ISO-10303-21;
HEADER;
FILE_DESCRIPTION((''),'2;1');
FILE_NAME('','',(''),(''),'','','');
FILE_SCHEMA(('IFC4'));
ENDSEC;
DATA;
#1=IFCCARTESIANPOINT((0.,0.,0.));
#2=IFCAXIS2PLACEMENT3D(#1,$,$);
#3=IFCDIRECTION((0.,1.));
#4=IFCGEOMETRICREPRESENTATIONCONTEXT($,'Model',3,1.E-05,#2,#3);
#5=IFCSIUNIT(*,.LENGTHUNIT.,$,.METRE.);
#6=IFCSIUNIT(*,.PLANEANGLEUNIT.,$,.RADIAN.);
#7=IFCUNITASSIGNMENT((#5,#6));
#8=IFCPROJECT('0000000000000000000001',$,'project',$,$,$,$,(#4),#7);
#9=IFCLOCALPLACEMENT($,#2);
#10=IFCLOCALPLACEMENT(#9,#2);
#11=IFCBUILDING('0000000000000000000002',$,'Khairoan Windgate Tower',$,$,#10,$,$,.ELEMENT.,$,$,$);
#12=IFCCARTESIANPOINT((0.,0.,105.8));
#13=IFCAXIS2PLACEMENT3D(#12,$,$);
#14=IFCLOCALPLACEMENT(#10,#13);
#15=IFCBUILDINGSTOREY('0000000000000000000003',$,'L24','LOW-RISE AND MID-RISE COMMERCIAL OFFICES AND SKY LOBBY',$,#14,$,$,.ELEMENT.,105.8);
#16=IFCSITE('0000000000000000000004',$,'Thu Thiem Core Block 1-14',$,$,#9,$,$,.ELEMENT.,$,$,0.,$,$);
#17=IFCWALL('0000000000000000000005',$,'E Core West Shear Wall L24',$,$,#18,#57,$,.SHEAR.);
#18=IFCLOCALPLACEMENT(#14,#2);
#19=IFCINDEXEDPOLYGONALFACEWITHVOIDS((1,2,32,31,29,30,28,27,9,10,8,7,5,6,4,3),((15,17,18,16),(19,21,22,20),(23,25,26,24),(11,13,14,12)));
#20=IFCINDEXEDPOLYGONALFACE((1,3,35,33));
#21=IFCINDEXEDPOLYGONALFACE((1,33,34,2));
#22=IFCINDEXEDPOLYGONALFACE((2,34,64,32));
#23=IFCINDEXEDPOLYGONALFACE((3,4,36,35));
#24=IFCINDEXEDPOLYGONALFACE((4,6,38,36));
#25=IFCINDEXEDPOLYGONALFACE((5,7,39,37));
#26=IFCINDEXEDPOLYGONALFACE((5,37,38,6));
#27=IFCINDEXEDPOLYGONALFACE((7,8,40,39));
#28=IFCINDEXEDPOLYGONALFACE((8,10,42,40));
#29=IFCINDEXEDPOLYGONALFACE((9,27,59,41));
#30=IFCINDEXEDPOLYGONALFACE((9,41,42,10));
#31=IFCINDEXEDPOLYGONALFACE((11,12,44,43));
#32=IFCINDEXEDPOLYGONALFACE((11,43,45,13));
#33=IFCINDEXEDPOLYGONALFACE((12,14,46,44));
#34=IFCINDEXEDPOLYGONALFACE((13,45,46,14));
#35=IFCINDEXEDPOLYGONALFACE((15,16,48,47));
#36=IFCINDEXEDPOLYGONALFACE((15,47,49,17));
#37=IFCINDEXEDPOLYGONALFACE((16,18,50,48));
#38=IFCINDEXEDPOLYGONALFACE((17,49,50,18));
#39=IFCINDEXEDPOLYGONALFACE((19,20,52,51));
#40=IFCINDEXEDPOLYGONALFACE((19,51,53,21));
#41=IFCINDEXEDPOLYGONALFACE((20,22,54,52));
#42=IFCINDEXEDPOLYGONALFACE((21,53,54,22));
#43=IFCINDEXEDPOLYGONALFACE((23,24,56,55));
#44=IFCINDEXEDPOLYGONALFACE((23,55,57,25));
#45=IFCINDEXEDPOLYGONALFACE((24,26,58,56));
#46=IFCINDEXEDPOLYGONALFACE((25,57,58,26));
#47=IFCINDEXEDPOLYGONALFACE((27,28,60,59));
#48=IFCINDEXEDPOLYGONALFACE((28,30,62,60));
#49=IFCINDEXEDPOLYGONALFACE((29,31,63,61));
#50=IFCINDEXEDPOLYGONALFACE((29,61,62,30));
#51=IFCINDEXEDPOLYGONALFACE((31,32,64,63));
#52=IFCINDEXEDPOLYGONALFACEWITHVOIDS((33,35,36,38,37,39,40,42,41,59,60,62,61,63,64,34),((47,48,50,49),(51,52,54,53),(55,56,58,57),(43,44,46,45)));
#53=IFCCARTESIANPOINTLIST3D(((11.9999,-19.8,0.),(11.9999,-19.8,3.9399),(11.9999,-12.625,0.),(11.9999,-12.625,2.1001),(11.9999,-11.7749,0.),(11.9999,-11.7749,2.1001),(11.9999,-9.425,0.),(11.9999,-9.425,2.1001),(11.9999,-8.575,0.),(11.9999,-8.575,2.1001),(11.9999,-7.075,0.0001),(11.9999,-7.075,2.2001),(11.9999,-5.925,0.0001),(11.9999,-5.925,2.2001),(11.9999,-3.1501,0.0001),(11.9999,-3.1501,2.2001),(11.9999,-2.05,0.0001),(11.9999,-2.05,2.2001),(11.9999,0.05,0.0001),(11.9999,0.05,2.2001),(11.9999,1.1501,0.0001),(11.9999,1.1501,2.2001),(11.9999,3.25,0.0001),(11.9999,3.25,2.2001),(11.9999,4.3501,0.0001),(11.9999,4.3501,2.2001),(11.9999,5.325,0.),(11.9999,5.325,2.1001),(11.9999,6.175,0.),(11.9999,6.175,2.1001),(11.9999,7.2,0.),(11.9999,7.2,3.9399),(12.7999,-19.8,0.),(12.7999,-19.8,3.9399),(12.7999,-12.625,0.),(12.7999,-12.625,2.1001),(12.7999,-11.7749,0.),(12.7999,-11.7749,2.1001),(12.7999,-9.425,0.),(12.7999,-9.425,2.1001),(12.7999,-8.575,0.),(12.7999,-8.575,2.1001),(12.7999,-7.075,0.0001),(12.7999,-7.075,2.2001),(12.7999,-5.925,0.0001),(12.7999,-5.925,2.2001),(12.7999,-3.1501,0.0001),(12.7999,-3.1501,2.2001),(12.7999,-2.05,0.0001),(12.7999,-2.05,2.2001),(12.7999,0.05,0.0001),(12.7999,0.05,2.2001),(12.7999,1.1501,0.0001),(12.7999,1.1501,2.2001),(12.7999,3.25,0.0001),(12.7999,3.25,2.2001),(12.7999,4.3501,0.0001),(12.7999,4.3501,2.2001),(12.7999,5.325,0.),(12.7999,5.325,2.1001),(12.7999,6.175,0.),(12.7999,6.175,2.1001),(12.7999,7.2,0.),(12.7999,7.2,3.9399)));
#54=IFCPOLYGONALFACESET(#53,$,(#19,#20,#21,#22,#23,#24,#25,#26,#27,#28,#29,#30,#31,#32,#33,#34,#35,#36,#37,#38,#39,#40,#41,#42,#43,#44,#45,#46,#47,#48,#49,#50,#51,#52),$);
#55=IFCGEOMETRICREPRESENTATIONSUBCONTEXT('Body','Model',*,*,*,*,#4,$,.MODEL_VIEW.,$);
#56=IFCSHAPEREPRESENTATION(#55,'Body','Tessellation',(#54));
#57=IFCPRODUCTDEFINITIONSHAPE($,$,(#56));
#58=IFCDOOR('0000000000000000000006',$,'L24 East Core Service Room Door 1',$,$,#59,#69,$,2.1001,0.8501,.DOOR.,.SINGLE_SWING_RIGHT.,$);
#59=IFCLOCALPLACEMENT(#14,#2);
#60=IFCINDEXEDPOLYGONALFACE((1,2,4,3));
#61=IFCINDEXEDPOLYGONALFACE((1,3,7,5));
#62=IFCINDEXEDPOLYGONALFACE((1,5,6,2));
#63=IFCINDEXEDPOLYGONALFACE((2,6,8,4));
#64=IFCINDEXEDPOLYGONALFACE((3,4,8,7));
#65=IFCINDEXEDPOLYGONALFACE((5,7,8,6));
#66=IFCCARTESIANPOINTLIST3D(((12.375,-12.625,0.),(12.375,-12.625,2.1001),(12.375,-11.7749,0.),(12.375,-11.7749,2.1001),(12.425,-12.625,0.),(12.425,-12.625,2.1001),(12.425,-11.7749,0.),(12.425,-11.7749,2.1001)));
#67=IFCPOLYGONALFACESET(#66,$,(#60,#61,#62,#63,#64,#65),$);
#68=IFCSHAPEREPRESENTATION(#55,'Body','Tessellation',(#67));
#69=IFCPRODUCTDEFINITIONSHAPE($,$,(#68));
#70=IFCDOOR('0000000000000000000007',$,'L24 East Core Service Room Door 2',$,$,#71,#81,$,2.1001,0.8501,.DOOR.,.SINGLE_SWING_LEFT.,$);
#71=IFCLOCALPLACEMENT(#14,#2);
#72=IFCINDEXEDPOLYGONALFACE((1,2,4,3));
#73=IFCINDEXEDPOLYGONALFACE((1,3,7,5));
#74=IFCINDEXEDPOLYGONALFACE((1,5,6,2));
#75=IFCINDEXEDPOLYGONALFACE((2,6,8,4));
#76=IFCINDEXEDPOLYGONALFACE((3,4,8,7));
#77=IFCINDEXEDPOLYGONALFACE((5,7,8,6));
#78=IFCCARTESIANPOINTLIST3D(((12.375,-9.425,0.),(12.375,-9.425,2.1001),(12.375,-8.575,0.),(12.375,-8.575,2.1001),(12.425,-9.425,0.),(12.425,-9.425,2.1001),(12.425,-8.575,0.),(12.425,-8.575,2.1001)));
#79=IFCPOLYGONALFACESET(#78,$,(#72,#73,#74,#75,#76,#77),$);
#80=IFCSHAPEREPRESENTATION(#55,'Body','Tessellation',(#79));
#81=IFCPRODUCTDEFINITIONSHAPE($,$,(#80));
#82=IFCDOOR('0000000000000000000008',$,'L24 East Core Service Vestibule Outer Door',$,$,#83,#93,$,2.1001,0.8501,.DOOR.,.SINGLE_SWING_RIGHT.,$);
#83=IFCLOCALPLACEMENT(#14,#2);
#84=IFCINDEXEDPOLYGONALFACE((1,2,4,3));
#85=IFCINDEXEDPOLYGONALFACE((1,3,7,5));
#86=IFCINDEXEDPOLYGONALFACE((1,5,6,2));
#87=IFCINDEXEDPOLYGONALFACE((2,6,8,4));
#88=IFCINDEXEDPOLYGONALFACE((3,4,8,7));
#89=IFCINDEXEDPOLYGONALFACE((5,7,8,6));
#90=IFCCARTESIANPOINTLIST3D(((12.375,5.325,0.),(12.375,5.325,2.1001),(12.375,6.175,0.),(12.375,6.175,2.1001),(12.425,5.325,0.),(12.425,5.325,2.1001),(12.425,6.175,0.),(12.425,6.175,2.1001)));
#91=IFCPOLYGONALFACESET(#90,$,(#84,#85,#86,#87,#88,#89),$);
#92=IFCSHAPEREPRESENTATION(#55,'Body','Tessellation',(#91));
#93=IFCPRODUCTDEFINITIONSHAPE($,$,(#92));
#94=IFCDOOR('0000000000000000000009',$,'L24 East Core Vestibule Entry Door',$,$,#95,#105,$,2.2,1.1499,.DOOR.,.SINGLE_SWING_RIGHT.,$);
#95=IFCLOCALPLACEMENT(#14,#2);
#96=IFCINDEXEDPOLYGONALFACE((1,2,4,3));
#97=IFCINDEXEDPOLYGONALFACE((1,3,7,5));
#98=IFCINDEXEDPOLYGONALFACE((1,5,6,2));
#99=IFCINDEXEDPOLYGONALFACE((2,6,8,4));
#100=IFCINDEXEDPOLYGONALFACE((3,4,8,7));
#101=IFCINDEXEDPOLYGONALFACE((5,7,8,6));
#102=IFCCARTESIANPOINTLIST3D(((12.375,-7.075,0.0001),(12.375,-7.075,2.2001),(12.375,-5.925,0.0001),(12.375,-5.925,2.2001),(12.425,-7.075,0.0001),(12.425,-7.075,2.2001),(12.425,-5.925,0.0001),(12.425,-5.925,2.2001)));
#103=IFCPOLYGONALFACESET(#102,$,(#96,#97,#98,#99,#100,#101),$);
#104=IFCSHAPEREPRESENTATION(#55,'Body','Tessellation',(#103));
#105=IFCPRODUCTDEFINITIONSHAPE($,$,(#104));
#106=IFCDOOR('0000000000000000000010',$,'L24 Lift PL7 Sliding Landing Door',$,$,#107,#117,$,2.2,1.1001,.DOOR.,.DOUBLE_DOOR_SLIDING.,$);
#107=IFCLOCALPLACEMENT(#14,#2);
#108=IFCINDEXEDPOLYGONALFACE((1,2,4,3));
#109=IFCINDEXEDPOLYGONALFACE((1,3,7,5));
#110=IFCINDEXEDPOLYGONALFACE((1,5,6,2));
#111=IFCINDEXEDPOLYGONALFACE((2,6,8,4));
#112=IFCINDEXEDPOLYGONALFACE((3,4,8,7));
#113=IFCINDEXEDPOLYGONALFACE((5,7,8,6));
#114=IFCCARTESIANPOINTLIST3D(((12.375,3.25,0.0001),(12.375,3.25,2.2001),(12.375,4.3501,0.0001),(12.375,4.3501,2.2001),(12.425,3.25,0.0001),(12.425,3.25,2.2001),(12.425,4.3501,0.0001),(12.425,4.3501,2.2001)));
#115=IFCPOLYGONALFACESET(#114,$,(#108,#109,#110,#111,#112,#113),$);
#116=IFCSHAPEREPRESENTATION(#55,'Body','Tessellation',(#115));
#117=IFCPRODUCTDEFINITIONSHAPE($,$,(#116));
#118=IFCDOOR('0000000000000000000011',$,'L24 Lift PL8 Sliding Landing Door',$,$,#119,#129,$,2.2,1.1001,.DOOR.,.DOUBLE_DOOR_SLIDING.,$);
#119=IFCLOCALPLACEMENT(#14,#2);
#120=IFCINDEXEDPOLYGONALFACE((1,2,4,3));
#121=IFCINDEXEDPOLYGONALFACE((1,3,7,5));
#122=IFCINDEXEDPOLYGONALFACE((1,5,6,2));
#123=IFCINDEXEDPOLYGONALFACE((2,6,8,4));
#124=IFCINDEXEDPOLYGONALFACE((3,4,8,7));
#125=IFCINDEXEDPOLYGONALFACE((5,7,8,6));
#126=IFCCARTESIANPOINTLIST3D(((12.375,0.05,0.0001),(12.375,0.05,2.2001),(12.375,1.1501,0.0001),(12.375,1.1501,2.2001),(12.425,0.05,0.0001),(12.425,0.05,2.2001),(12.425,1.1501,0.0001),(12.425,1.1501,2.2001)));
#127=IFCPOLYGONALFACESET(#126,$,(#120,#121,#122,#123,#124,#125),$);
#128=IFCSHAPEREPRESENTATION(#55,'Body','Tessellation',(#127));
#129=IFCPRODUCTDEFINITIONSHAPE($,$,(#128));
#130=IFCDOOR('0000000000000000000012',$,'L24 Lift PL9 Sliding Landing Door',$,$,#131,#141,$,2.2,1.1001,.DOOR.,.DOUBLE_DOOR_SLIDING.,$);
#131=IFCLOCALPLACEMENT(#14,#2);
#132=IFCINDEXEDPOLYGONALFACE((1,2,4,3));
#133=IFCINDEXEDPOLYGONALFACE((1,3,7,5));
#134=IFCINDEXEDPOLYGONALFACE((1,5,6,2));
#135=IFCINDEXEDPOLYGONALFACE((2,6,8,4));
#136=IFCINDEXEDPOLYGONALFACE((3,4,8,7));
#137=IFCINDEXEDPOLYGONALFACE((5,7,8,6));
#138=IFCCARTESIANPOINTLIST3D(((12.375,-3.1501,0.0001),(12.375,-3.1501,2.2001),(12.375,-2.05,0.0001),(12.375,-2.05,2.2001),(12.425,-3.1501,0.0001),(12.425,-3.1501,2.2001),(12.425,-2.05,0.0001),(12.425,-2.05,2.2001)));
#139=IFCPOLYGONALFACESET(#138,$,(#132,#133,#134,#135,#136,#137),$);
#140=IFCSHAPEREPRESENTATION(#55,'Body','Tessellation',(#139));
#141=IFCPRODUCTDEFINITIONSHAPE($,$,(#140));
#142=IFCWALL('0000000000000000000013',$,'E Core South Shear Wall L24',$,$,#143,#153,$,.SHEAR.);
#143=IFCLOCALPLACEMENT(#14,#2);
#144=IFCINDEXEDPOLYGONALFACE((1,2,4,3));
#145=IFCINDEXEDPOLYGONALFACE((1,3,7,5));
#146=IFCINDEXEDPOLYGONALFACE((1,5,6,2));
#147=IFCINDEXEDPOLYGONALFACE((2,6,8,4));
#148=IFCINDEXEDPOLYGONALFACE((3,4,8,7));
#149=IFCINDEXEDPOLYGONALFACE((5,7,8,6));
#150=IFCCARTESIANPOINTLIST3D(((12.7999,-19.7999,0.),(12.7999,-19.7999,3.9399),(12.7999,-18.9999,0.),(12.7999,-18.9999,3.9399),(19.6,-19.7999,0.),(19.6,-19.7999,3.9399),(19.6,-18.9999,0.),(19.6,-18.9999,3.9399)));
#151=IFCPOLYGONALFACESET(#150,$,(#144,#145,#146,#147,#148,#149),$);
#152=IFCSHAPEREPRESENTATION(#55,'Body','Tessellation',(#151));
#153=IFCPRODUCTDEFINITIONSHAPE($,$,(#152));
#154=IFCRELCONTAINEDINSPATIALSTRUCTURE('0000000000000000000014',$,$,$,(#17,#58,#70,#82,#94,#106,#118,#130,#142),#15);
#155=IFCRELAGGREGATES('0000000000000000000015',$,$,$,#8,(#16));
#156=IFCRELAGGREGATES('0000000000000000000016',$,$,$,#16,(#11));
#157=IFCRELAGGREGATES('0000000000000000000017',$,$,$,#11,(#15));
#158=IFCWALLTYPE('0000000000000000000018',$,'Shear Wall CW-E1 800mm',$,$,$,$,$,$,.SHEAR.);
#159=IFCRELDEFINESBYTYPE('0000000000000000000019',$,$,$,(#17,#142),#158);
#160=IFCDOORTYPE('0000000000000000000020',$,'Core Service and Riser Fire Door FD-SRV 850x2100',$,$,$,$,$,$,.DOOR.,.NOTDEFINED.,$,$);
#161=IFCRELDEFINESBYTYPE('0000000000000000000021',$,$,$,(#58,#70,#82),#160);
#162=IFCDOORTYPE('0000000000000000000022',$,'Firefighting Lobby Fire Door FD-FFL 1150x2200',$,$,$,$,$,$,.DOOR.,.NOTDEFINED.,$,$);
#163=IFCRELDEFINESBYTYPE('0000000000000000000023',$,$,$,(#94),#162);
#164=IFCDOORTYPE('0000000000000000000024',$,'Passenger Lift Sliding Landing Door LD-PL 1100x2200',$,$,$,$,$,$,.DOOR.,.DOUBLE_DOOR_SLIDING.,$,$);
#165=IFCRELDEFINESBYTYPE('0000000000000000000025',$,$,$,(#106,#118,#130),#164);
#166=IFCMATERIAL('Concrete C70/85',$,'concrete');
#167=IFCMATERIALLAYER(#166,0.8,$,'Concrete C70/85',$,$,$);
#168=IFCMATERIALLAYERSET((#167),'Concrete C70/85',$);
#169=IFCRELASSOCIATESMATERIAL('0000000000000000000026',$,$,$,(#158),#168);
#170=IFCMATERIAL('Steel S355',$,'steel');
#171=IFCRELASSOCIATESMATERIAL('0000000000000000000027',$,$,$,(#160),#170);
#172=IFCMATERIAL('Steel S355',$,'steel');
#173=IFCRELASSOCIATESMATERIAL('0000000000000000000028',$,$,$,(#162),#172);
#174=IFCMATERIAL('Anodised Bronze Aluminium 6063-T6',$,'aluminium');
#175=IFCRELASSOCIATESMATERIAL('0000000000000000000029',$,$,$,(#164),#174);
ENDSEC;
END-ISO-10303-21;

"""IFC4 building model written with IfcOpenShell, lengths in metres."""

from ifc_helpers import new_model, si_unit, direction, frame, frame_2d, origin, place, context, subcontext, project, spatial, rectangle, extrude, material, layer, layer_set, type_object, element, fill, save


model = new_model("IFC4")

# Units and contexts
model_context = context("Model", 3, precision=1e-05, world=origin(), true_north=direction((0.0, 1.0)))
body_context = subcontext(model_context, "Body", "Model", "MODEL_VIEW")
ifc_project = project(units=[si_unit("LENGTHUNIT", "METRE"), si_unit("PLANEANGLEUNIT", "RADIAN")], contexts=[model_context])

# Site, building, storey
site_placement = place(None, origin())
site = spatial("IfcSite", under=ifc_project, at=site_placement, Name="Thu Thiem Core Block 1-14", CompositionType="ELEMENT", RefElevation=0.0)
building_placement = place(site_placement, origin())
building = spatial("IfcBuilding", under=site, at=building_placement, Name="Khairoan Windgate Tower", CompositionType="ELEMENT")
storey_placement = place(building_placement, frame((0.0, 0.0, 105.8)))
storey = spatial("IfcBuildingStorey", under=building, at=storey_placement, Name="L24", Description="LOW-RISE AND MID-RISE COMMERCIAL OFFICES AND SKY LOBBY", CompositionType="ELEMENT", Elevation=105.8)

# Wall, openings, doors
ifc_material_1 = material(Name="Concrete C70/85", Category="concrete")
ifc_layer_1 = layer(ifc_material_1, 0.8, Name="Concrete C70/85")
ifc_layer_set_1 = layer_set([ifc_layer_1], Name="Concrete C70/85")
wall_type_1 = type_object("IfcWallType", Name="Shear Wall CW-E1 800mm", PredefinedType="SHEAR", material=ifc_layer_set_1)
wall_1_placement = place(storey_placement, frame((12.3999, -19.8, 0.0), z_axis=(0.0, 0.0, 1.0), x_axis=(0.0, 1.0, 0.0)))
wall_1 = element("IfcWall", 1, at=wall_1_placement, inside=storey, type_object=wall_type_1, Name="E Core West Shear Wall L24", PredefinedType="SHEAR", context=body_context, shape_type="SweptSolid", body=[
    extrude(rectangle(XDim=27.0, YDim=0.8, at=frame_2d((13.5, 0.0))), origin(), (0.0, 0.0, 1.0), 3.9399),
])
opening_1_placement = place(wall_1_placement, frame((23.05, 0.0, 0.0)))
opening_1 = element("IfcOpeningElement", 2, at=opening_1_placement, cuts=wall_1, PredefinedType="OPENING", context=body_context, shape_type="SweptSolid", body=[
    extrude(rectangle(XDim=1.1001, YDim=2.2, at=frame_2d((0.55, 1.1001))), frame((0.0, 0.4099, 0.0), z_axis=(0.0, -1.0, 0.0), x_axis=(1.0, 0.0, 0.0)), (0.0, 0.0, 1.0), 0.8201),
])
opening_2_placement = place(wall_1_placement, frame((19.8501, 0.0, 0.0)))
opening_2 = element("IfcOpeningElement", 3, at=opening_2_placement, cuts=wall_1, PredefinedType="OPENING", context=body_context, shape_type="SweptSolid", body=[
    extrude(rectangle(XDim=1.1001, YDim=2.2, at=frame_2d((0.55, 1.1001))), frame((0.0, 0.4099, 0.0), z_axis=(0.0, -1.0, 0.0), x_axis=(1.0, 0.0, 0.0)), (0.0, 0.0, 1.0), 0.8201),
])
opening_3_placement = place(wall_1_placement, frame((16.6499, 0.0, 0.0)))
opening_3 = element("IfcOpeningElement", 4, at=opening_3_placement, cuts=wall_1, PredefinedType="OPENING", context=body_context, shape_type="SweptSolid", body=[
    extrude(rectangle(XDim=1.1001, YDim=2.2, at=frame_2d((0.55, 1.1001))), frame((0.0, 0.4099, 0.0), z_axis=(0.0, -1.0, 0.0), x_axis=(1.0, 0.0, 0.0)), (0.0, 0.0, 1.0), 0.8201),
])
opening_4_placement = place(wall_1_placement, frame((7.175, 0.0, 0.0)))
opening_4 = element("IfcOpeningElement", 5, at=opening_4_placement, cuts=wall_1, PredefinedType="OPENING", context=body_context, shape_type="SweptSolid", body=[
    extrude(rectangle(XDim=0.8501, YDim=2.1001, at=frame_2d((0.425, 1.05))), frame((0.0, 0.4099, 0.0), z_axis=(0.0, -1.0, 0.0), x_axis=(1.0, 0.0, 0.0)), (0.0, 0.0, 1.0), 0.8201),
])
opening_5_placement = place(wall_1_placement, frame((10.375, 0.0, 0.0)))
opening_5 = element("IfcOpeningElement", 6, at=opening_5_placement, cuts=wall_1, PredefinedType="OPENING", context=body_context, shape_type="SweptSolid", body=[
    extrude(rectangle(XDim=0.8501, YDim=2.1001, at=frame_2d((0.425, 1.05))), frame((0.0, 0.4099, 0.0), z_axis=(0.0, -1.0, 0.0), x_axis=(1.0, 0.0, 0.0)), (0.0, 0.0, 1.0), 0.8201),
])
opening_6_placement = place(wall_1_placement, frame((12.7251, 0.0, 0.0)))
opening_6 = element("IfcOpeningElement", 7, at=opening_6_placement, cuts=wall_1, PredefinedType="OPENING", context=body_context, shape_type="SweptSolid", body=[
    extrude(rectangle(XDim=1.1499, YDim=2.2, at=frame_2d((0.575, 1.1001))), frame((0.0, 0.4099, 0.0), z_axis=(0.0, -1.0, 0.0), x_axis=(1.0, 0.0, 0.0)), (0.0, 0.0, 1.0), 0.8201),
])
opening_7_placement = place(wall_1_placement, frame((25.125, 0.0, 0.0)))
opening_7 = element("IfcOpeningElement", 8, at=opening_7_placement, cuts=wall_1, PredefinedType="OPENING", context=body_context, shape_type="SweptSolid", body=[
    extrude(rectangle(XDim=0.8501, YDim=2.1001, at=frame_2d((0.425, 1.05))), frame((0.0, 0.4099, 0.0), z_axis=(0.0, -1.0, 0.0), x_axis=(1.0, 0.0, 0.0)), (0.0, 0.0, 1.0), 0.8201),
])
ifc_material_2 = material(Name="Steel S355", Category="steel")
door_type_1 = type_object("IfcDoorType", Name="Core Service and Riser Fire Door FD-SRV 850x2100", OperationType="NOTDEFINED", PredefinedType="DOOR", material=ifc_material_2)
door_1_placement = place(opening_4_placement, origin())
door_1 = element("IfcDoor", 9, at=door_1_placement, inside=storey, type_object=door_type_1, Name="L24 East Core Service Room Door 1", OperationType="SINGLE_SWING_RIGHT", OverallHeight=2.1001, OverallWidth=0.8501, PredefinedType="DOOR", context=body_context, shape_type="SweptSolid", body=[
    extrude(rectangle(XDim=0.8501, YDim=2.1001, at=frame_2d((0.425, 1.05))), frame((0.0, 0.0249, 0.0), z_axis=(0.0, -1.0, 0.0), x_axis=(1.0, 0.0, 0.0)), (0.0, 0.0, 1.0), 0.05),
])
fill(opening_4, door_1)
door_2_placement = place(opening_5_placement, origin())
door_2 = element("IfcDoor", 10, at=door_2_placement, inside=storey, type_object=door_type_1, Name="L24 East Core Service Room Door 2", OperationType="SINGLE_SWING_LEFT", OverallHeight=2.1001, OverallWidth=0.8501, PredefinedType="DOOR", context=body_context, shape_type="SweptSolid", body=[
    extrude(rectangle(XDim=0.8501, YDim=2.1001, at=frame_2d((0.425, 1.05))), frame((0.0, 0.0249, 0.0), z_axis=(0.0, -1.0, 0.0), x_axis=(1.0, 0.0, 0.0)), (0.0, 0.0, 1.0), 0.05),
])
fill(opening_5, door_2)
door_3_placement = place(opening_7_placement, origin())
door_3 = element("IfcDoor", 11, at=door_3_placement, inside=storey, type_object=door_type_1, Name="L24 East Core Service Vestibule Outer Door", OperationType="SINGLE_SWING_RIGHT", OverallHeight=2.1001, OverallWidth=0.8501, PredefinedType="DOOR", context=body_context, shape_type="SweptSolid", body=[
    extrude(rectangle(XDim=0.8501, YDim=2.1001, at=frame_2d((0.425, 1.05))), frame((0.0, 0.0249, 0.0), z_axis=(0.0, -1.0, 0.0), x_axis=(1.0, 0.0, 0.0)), (0.0, 0.0, 1.0), 0.05),
])
fill(opening_7, door_3)
ifc_material_3 = material(Name="Steel S355", Category="steel")
door_type_2 = type_object("IfcDoorType", Name="Firefighting Lobby Fire Door FD-FFL 1150x2200", OperationType="NOTDEFINED", PredefinedType="DOOR", material=ifc_material_3)
door_4_placement = place(opening_6_placement, origin())
door_4 = element("IfcDoor", 12, at=door_4_placement, inside=storey, type_object=door_type_2, Name="L24 East Core Vestibule Entry Door", OperationType="SINGLE_SWING_RIGHT", OverallHeight=2.2, OverallWidth=1.1499, PredefinedType="DOOR", context=body_context, shape_type="SweptSolid", body=[
    extrude(rectangle(XDim=1.1499, YDim=2.2, at=frame_2d((0.575, 1.1001))), frame((0.0, 0.0249, 0.0), z_axis=(0.0, -1.0, 0.0), x_axis=(1.0, 0.0, 0.0)), (0.0, 0.0, 1.0), 0.05),
])
fill(opening_6, door_4)
ifc_material_4 = material(Name="Anodised Bronze Aluminium 6063-T6", Category="aluminium")
door_type_3 = type_object("IfcDoorType", Name="Passenger Lift Sliding Landing Door LD-PL 1100x2200", OperationType="DOUBLE_DOOR_SLIDING", PredefinedType="DOOR", material=ifc_material_4)
door_5_placement = place(opening_1_placement, origin())
door_5 = element("IfcDoor", 13, at=door_5_placement, inside=storey, type_object=door_type_3, Name="L24 Lift PL7 Sliding Landing Door", OperationType="DOUBLE_DOOR_SLIDING", OverallHeight=2.2, OverallWidth=1.1001, PredefinedType="DOOR", context=body_context, shape_type="SweptSolid", body=[
    extrude(rectangle(XDim=1.1001, YDim=2.2, at=frame_2d((0.55, 1.1001))), frame((0.0, 0.0249, 0.0), z_axis=(0.0, -1.0, 0.0), x_axis=(1.0, 0.0, 0.0)), (0.0, 0.0, 1.0), 0.05),
])
fill(opening_1, door_5)
door_6_placement = place(opening_2_placement, origin())
door_6 = element("IfcDoor", 14, at=door_6_placement, inside=storey, type_object=door_type_3, Name="L24 Lift PL8 Sliding Landing Door", OperationType="DOUBLE_DOOR_SLIDING", OverallHeight=2.2, OverallWidth=1.1001, PredefinedType="DOOR", context=body_context, shape_type="SweptSolid", body=[
    extrude(rectangle(XDim=1.1001, YDim=2.2, at=frame_2d((0.55, 1.1001))), frame((0.0, 0.0249, 0.0), z_axis=(0.0, -1.0, 0.0), x_axis=(1.0, 0.0, 0.0)), (0.0, 0.0, 1.0), 0.05),
])
fill(opening_2, door_6)
door_7_placement = place(opening_3_placement, origin())
door_7 = element("IfcDoor", 15, at=door_7_placement, inside=storey, type_object=door_type_3, Name="L24 Lift PL9 Sliding Landing Door", OperationType="DOUBLE_DOOR_SLIDING", OverallHeight=2.2, OverallWidth=1.1001, PredefinedType="DOOR", context=body_context, shape_type="SweptSolid", body=[
    extrude(rectangle(XDim=1.1001, YDim=2.2, at=frame_2d((0.55, 1.1001))), frame((0.0, 0.0249, 0.0), z_axis=(0.0, -1.0, 0.0), x_axis=(1.0, 0.0, 0.0)), (0.0, 0.0, 1.0), 0.05),
])
fill(opening_3, door_7)

# Wall
wall_2_placement = place(storey_placement, frame((12.8, -19.3999, 0.0), z_axis=(0.0, 0.0, 1.0), x_axis=(1.0, 0.0, 0.0)))
element("IfcWall", 16, at=wall_2_placement, inside=storey, type_object=wall_type_1, Name="E Core South Shear Wall L24", PredefinedType="SHEAR", context=body_context, shape_type="SweptSolid", body=[
    extrude(rectangle(XDim=6.8, YDim=0.8, at=frame_2d((3.3999, 0.0))), origin(), (0.0, 0.0, 1.0), 3.9399),
])

save(model, "model.ifc")
